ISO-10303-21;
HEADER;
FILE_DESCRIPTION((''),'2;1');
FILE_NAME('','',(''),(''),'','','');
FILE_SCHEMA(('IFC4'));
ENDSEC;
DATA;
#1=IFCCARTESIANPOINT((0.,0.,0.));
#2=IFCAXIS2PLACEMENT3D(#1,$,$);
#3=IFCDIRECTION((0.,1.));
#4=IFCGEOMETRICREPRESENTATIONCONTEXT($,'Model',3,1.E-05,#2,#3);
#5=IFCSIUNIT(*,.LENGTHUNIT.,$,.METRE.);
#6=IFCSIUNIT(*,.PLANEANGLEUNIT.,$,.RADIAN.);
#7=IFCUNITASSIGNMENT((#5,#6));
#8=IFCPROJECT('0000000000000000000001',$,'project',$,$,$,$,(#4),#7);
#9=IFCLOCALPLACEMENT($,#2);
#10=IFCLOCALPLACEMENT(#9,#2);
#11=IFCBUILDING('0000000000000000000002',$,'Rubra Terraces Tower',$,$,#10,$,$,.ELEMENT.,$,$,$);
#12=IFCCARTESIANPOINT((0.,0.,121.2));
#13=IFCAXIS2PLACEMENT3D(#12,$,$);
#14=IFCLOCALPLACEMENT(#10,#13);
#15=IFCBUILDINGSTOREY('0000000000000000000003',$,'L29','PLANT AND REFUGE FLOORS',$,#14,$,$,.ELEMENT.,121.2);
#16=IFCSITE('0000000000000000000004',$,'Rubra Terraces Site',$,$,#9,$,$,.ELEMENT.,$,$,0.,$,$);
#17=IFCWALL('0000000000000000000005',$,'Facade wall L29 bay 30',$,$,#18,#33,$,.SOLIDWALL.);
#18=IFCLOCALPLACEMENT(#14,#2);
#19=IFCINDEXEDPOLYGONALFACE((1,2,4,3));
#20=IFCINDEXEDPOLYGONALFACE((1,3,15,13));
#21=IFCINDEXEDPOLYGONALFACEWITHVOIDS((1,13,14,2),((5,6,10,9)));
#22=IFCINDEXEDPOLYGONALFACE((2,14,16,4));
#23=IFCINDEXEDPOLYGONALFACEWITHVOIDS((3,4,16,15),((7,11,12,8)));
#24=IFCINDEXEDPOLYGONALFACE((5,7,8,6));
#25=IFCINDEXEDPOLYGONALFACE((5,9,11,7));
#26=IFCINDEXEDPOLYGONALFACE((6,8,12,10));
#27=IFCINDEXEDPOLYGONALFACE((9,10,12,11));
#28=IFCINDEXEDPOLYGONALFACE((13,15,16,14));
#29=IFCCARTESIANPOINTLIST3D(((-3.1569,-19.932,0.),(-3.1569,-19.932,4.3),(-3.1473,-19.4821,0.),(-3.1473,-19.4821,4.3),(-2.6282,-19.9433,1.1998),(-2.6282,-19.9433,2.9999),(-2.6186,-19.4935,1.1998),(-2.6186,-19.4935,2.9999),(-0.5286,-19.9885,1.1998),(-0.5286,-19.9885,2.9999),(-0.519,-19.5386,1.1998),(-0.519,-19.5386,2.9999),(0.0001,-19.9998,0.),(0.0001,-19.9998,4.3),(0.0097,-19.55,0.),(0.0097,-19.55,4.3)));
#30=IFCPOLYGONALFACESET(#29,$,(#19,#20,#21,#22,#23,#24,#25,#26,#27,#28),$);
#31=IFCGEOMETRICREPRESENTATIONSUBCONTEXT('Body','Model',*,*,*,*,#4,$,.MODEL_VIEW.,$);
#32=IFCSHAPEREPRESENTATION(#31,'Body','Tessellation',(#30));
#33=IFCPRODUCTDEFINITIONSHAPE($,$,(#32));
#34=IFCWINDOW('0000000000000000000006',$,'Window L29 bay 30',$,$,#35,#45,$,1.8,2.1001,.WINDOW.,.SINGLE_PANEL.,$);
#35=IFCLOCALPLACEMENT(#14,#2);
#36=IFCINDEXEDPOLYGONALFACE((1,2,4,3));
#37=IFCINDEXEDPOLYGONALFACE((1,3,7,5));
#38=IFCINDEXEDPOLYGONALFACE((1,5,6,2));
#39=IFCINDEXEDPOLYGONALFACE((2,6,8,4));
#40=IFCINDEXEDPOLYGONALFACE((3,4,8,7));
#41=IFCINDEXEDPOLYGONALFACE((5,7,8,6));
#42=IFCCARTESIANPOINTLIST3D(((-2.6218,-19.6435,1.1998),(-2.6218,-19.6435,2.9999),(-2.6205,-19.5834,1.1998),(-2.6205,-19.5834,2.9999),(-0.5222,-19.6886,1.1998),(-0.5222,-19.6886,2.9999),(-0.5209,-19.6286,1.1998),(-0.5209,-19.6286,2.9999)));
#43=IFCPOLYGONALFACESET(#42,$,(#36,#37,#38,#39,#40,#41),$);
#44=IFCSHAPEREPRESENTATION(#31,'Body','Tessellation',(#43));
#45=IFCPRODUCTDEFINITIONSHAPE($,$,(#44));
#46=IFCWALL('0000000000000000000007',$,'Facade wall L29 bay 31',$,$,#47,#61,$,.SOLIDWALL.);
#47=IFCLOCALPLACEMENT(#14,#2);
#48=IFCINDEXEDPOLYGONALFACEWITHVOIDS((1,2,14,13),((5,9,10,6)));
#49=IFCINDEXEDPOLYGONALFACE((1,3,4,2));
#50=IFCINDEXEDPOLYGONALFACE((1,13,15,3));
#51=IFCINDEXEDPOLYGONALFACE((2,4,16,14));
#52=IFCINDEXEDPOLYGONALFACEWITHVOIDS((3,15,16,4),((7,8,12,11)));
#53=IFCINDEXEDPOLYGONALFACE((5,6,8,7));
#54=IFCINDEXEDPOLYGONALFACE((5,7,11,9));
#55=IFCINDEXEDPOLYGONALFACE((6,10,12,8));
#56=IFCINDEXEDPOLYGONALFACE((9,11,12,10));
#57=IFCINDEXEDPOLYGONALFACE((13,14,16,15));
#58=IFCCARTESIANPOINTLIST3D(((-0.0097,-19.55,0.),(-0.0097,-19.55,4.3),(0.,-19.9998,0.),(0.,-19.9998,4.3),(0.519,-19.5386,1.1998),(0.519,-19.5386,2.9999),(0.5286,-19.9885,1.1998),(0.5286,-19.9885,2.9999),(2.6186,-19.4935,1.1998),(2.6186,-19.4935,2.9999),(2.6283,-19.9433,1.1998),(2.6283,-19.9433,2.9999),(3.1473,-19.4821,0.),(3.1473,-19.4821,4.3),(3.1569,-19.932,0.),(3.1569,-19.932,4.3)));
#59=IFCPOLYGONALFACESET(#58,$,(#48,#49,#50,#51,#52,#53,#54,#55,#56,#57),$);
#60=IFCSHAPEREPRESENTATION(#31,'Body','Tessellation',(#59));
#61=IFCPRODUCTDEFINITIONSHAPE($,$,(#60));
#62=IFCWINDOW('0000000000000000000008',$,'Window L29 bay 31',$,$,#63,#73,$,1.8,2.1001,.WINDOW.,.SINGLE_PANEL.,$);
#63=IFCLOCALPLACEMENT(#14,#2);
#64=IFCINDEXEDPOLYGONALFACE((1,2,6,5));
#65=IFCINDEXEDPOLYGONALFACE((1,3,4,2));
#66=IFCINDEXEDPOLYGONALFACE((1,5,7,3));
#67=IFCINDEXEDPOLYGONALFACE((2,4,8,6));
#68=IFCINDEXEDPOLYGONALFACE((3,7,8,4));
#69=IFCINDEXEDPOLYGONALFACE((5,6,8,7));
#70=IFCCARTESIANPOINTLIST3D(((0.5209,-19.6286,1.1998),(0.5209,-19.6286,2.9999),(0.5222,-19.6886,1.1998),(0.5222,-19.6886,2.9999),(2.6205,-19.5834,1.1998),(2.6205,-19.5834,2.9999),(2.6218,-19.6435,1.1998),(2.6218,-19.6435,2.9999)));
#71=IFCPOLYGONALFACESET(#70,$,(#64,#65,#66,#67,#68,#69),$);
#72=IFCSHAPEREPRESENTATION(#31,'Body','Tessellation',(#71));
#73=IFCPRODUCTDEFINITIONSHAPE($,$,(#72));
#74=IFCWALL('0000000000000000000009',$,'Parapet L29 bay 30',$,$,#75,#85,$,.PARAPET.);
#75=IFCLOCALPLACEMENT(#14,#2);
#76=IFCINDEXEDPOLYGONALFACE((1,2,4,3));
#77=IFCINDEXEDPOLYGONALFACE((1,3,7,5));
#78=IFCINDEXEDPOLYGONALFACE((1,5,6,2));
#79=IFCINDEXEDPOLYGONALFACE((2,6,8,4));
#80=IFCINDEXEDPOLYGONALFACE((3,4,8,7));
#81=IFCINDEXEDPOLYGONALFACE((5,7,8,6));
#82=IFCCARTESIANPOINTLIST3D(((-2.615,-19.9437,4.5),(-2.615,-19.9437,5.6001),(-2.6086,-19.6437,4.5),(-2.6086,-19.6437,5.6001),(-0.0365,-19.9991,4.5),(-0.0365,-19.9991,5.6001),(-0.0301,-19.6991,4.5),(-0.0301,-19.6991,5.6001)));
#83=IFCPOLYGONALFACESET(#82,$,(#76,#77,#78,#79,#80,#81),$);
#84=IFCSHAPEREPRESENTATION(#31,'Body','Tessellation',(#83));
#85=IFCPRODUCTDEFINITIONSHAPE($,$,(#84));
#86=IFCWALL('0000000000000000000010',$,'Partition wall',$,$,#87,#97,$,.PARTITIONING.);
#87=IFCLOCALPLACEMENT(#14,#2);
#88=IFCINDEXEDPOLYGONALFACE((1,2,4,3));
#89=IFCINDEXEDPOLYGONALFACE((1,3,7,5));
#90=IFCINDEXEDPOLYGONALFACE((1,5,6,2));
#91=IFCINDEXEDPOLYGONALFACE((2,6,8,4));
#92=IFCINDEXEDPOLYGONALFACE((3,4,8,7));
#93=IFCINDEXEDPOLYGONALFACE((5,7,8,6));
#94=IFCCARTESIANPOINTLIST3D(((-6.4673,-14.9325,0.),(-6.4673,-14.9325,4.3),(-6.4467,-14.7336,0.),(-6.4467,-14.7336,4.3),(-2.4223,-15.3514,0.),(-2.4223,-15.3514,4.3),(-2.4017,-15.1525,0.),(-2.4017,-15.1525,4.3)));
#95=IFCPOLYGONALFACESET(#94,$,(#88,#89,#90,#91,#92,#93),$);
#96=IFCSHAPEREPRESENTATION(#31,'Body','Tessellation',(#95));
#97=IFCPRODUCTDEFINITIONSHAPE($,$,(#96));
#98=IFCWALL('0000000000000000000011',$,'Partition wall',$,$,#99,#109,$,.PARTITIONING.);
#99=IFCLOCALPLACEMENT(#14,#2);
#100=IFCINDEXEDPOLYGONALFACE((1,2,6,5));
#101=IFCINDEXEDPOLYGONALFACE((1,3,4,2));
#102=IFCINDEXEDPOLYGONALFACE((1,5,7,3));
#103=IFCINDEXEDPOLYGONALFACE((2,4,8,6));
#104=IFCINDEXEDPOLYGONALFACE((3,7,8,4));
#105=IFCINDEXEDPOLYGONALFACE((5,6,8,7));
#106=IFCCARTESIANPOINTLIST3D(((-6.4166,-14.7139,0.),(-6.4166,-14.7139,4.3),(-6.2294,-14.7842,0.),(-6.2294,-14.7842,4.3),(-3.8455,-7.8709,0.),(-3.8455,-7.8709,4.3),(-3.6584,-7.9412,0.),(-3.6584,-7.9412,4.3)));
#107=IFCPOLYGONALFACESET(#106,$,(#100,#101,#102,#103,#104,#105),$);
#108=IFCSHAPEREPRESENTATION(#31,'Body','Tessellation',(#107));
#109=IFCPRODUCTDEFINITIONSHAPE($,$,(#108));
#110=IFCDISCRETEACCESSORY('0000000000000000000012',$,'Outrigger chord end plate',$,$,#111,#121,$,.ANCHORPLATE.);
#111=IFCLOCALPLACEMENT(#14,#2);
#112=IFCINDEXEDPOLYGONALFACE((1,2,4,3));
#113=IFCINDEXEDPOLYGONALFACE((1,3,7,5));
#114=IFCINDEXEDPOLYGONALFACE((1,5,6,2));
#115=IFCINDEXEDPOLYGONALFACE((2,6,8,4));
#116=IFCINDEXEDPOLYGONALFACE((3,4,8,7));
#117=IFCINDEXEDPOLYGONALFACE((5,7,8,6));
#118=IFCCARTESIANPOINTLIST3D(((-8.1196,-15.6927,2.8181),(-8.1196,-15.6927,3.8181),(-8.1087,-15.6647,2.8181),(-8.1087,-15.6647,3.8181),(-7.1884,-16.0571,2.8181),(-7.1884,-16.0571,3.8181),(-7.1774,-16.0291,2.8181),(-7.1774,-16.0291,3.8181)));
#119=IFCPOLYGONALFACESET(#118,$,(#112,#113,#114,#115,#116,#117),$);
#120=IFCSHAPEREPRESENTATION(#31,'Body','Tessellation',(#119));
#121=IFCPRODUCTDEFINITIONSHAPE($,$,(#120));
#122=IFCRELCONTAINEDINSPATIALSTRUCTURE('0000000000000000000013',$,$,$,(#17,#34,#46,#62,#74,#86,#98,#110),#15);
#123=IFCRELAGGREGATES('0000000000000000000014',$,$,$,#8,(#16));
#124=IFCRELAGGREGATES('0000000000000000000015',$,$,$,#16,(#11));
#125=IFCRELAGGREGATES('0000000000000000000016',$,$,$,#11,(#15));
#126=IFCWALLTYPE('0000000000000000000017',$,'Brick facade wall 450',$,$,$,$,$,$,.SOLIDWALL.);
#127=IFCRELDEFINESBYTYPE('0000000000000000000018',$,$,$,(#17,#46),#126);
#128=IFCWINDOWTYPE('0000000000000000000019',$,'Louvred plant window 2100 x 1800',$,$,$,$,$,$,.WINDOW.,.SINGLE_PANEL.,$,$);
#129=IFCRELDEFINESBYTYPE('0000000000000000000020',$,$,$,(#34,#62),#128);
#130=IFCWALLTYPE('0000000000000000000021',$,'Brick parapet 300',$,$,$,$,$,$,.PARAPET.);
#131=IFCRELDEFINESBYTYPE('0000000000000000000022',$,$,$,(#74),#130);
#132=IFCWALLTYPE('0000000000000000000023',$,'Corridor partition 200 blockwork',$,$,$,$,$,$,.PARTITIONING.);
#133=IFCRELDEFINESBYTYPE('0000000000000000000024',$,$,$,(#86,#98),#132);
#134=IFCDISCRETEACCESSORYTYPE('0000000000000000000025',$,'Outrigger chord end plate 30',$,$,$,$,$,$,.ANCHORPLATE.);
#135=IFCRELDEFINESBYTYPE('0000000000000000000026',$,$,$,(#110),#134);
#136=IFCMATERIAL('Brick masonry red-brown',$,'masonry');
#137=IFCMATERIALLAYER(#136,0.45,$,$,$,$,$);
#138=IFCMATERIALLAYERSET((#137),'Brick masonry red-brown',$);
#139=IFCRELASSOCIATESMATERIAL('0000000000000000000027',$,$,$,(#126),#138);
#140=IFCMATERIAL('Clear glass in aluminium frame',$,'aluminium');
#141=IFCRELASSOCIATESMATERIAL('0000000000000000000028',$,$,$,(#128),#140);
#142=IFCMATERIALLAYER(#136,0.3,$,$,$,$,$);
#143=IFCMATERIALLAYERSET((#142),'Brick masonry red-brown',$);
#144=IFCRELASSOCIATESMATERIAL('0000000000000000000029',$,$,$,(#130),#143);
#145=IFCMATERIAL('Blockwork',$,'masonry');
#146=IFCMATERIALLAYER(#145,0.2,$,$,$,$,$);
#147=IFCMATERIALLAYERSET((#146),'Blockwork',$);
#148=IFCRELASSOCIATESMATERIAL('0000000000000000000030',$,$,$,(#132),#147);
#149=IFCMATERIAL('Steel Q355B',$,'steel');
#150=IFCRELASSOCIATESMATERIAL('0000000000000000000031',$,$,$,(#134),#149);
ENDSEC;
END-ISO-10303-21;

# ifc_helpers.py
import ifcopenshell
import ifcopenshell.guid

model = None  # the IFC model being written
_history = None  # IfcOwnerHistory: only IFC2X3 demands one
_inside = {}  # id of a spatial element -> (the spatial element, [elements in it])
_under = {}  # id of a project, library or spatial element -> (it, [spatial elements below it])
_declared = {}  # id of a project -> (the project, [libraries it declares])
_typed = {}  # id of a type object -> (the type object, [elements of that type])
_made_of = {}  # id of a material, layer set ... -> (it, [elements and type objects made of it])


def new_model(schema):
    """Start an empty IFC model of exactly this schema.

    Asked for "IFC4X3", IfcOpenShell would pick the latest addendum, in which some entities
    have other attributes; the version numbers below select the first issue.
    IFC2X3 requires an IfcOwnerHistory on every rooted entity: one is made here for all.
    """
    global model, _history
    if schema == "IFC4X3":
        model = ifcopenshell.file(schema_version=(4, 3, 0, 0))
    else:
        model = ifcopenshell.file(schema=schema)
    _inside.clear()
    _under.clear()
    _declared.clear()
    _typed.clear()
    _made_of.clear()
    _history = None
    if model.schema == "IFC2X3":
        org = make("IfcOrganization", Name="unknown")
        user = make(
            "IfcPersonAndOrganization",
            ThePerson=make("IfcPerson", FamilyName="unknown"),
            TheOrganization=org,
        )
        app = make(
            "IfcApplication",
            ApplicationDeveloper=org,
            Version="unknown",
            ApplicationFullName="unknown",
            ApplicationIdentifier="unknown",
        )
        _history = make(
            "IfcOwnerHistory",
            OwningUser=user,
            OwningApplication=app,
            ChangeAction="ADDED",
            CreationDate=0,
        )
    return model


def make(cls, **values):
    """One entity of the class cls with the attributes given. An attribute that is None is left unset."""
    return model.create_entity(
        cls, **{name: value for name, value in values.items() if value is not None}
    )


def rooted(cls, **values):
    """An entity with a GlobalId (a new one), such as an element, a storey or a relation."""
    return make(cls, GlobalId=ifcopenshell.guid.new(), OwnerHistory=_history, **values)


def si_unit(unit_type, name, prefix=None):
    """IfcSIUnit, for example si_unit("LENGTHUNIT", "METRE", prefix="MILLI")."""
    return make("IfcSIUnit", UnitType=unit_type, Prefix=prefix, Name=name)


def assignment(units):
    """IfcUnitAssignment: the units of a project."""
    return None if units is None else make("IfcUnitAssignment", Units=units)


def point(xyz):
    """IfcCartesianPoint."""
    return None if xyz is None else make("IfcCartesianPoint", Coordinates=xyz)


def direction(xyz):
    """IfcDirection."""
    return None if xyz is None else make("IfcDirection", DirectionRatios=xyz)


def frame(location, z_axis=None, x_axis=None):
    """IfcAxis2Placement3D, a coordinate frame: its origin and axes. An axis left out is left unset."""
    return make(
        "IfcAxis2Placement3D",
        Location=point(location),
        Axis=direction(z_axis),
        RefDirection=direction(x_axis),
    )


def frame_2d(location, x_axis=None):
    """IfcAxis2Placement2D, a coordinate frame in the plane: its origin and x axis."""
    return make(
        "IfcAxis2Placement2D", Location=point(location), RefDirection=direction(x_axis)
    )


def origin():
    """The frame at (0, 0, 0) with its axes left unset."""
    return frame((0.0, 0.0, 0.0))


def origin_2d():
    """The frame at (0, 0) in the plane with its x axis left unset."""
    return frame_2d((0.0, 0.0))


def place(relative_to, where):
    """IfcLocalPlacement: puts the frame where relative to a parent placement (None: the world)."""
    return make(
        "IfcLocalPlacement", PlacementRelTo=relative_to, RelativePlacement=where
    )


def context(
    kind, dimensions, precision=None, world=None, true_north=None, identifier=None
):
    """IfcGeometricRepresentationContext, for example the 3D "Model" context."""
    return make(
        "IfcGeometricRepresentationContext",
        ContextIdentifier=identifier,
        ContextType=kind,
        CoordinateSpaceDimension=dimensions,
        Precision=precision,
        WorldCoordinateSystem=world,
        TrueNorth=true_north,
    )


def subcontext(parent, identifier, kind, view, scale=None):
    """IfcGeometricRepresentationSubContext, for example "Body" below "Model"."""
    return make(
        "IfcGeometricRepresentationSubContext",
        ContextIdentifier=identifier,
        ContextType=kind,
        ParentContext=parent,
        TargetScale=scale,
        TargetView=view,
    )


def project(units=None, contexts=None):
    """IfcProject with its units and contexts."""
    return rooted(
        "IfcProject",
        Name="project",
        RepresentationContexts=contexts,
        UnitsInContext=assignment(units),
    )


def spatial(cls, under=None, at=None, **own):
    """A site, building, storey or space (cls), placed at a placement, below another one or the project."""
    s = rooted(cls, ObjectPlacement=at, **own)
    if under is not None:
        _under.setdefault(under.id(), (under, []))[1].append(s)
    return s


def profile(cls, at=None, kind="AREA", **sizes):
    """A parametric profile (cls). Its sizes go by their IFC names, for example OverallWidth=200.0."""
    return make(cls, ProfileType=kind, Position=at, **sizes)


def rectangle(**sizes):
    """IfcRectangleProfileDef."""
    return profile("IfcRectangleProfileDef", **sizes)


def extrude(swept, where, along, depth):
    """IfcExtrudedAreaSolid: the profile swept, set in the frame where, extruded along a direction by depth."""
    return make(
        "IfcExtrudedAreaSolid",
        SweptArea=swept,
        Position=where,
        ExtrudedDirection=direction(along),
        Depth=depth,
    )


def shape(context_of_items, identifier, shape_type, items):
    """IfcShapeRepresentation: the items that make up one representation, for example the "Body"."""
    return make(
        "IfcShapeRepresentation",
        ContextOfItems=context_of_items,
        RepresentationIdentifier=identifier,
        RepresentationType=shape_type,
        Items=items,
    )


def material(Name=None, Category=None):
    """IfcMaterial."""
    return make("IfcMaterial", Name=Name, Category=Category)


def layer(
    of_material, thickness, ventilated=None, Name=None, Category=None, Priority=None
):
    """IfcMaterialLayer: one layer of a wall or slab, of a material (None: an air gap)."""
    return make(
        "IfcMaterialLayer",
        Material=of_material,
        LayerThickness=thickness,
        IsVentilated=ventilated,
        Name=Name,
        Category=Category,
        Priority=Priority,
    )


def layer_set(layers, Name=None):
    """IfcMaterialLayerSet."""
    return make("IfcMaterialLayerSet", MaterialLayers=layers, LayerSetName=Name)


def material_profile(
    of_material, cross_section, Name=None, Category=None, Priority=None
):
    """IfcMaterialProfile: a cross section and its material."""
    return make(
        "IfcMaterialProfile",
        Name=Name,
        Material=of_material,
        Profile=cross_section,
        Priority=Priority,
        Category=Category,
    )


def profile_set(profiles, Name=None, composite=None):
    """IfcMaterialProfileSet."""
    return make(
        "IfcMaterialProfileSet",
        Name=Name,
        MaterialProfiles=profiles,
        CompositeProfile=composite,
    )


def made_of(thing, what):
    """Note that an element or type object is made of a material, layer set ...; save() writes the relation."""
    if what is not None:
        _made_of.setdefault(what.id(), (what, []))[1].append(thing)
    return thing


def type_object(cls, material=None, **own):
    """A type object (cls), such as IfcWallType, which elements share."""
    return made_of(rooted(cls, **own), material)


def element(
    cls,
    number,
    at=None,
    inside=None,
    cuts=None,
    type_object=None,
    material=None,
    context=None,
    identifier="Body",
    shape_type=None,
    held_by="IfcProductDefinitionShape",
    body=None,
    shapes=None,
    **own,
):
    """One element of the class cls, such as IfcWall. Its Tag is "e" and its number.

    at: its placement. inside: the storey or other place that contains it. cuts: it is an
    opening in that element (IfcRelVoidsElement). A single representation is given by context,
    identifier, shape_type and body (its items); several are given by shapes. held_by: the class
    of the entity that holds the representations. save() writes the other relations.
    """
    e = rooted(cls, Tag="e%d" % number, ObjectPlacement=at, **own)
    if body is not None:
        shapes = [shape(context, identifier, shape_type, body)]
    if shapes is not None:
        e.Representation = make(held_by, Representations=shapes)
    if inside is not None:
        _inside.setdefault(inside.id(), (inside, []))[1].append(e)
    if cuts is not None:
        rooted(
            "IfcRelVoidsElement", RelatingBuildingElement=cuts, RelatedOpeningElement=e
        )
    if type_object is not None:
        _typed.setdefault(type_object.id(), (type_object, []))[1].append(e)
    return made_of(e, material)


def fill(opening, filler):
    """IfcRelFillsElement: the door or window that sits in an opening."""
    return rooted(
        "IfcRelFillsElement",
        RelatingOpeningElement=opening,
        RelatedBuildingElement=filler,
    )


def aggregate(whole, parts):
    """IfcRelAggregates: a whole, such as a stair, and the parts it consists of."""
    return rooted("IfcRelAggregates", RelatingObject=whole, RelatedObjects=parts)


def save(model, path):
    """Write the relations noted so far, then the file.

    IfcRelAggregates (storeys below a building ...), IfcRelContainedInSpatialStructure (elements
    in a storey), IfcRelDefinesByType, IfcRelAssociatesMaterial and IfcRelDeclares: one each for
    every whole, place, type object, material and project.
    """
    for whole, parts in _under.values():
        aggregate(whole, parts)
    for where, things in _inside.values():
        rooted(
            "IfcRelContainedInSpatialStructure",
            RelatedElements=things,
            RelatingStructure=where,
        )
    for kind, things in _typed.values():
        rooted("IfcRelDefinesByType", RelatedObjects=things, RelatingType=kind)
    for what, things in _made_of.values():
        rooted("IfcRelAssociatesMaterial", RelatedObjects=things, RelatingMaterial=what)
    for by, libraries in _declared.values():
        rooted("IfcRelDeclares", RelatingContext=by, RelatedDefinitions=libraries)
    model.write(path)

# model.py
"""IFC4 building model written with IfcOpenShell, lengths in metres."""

from ifc_helpers import new_model, si_unit, direction, frame, frame_2d, origin, origin_2d, place, context, subcontext, project, spatial, rectangle, extrude, material, layer, layer_set, material_profile, profile_set, type_object, element, fill, save


model = new_model("IFC4")

# Units and contexts
model_context = context("Model", 3, precision=1e-05, world=origin(), true_north=direction((0.0, 1.0)))
body_context = subcontext(model_context, "Body", "Model", "MODEL_VIEW")
ifc_project = project(units=[si_unit("LENGTHUNIT", "METRE"), si_unit("PLANEANGLEUNIT", "RADIAN")], contexts=[model_context])

# Site, building, storey
site_placement = place(None, origin())
site = spatial("IfcSite", under=ifc_project, at=site_placement, Name="Rubra Terraces Site", CompositionType="ELEMENT", RefElevation=0.0)
building_placement = place(site_placement, origin())
building = spatial("IfcBuilding", under=site, at=building_placement, Name="Rubra Terraces Tower", CompositionType="ELEMENT")
storey_placement = place(building_placement, frame((0.0, 0.0, 121.2)))
storey = spatial("IfcBuildingStorey", under=building, at=storey_placement, Name="L29", Description="PLANT AND REFUGE FLOORS", CompositionType="ELEMENT", Elevation=121.2)

# Shared definitions
ifc_material_1 = material(Name="Steel Q355B", Category="steel")

# Shared definitions
ifc_material_2 = material(Name="Brick masonry red-brown", Category="masonry")
ifc_layer_1 = layer(ifc_material_2, 0.45)
ifc_layer_set_1 = layer_set([ifc_layer_1], Name="Brick masonry red-brown")
wall_type_1 = type_object("IfcWallType", Name="Brick facade wall 450", PredefinedType="SOLIDWALL", material=ifc_layer_set_1)
ifc_material_3 = material(Name="Clear glass in aluminium frame", Category="aluminium")
window_type = type_object("IfcWindowType", Name="Louvred plant window 2100 x 1800", PartitioningType="SINGLE_PANEL", PredefinedType="WINDOW", material=ifc_material_3)

# Walls, openings, windows
wall_1_placement = place(storey_placement, frame((-3.1521, -19.707, 0.0), z_axis=(0.0, 0.0, 1.0), x_axis=(0.999769, -0.021494, 0.0)))
wall_1 = element("IfcWall", 1, at=wall_1_placement, inside=storey, type_object=wall_type_1, Name="Facade wall L29 bay 30", PredefinedType="SOLIDWALL", context=body_context, shape_type="SweptSolid", body=[
    extrude(rectangle(XDim=3.1577, YDim=0.45, at=frame_2d((1.5789, 0.0))), origin(), (0.0, 0.0, 1.0), 4.3),
])
opening_1_placement = place(wall_1_placement, frame((0.5288, 0.0, 1.2)))
opening_1 = element("IfcOpeningElement", 2, at=opening_1_placement, cuts=wall_1, PredefinedType="OPENING", context=body_context, shape_type="SweptSolid", body=[
    extrude(rectangle(XDim=2.1001, YDim=1.8, at=frame_2d((1.05, 0.8999))), frame((0.0, 0.2349, 0.0), z_axis=(0.0, -1.0, 0.0), x_axis=(1.0, 0.0, 0.0)), (0.0, 0.0, 1.0), 0.47),
])
window_1_placement = place(opening_1_placement, origin())
window_1 = element("IfcWindow", 3, at=window_1_placement, inside=storey, type_object=window_type, Name="Window L29 bay 30", OverallHeight=1.8, OverallWidth=2.1001, PartitioningType="SINGLE_PANEL", PredefinedType="WINDOW", context=body_context, shape_type="SweptSolid", body=[
    extrude(rectangle(XDim=2.1001, YDim=1.8, at=frame_2d((1.05, 0.8999))), frame((0.0, 0.135, 0.0), z_axis=(0.0, -1.0, 0.0), x_axis=(1.0, 0.0, 0.0)), (0.0, 0.0, 1.0), 0.0601),
])
fill(opening_1, window_1)
wall_2_placement = place(storey_placement, frame((-0.0049, -19.7749, 0.0), z_axis=(0.0, 0.0, 1.0), x_axis=(0.999769, 0.021494, 0.0)))
wall_2 = element("IfcWall", 4, at=wall_2_placement, inside=storey, type_object=wall_type_1, Name="Facade wall L29 bay 31", PredefinedType="SOLIDWALL", context=body_context, shape_type="SweptSolid", body=[
    extrude(rectangle(XDim=3.1577, YDim=0.45, at=frame_2d((1.5789, 0.0))), origin(), (0.0, 0.0, 1.0), 4.3),
])
opening_2_placement = place(wall_2_placement, frame((0.5288, 0.0, 1.2)))
opening_2 = element("IfcOpeningElement", 5, at=opening_2_placement, cuts=wall_2, PredefinedType="OPENING", context=body_context, shape_type="SweptSolid", body=[
    extrude(rectangle(XDim=2.1001, YDim=1.8, at=frame_2d((1.05, 0.8999))), frame((0.0, 0.2349, 0.0), z_axis=(0.0, -1.0, 0.0), x_axis=(1.0, 0.0, 0.0)), (0.0, 0.0, 1.0), 0.47),
])
window_2_placement = place(opening_2_placement, origin())
window_2 = element("IfcWindow", 6, at=window_2_placement, inside=storey, type_object=window_type, Name="Window L29 bay 31", OverallHeight=1.8, OverallWidth=2.1001, PartitioningType="SINGLE_PANEL", PredefinedType="WINDOW", context=body_context, shape_type="SweptSolid", body=[
    extrude(rectangle(XDim=2.1001, YDim=1.8, at=frame_2d((1.05, 0.8999))), frame((0.0, 0.135, 0.0), z_axis=(0.0, -1.0, 0.0), x_axis=(1.0, 0.0, 0.0)), (0.0, 0.0, 1.0), 0.0601),
])
fill(opening_2, window_2)

# Walls
ifc_layer_2 = layer(ifc_material_2, 0.3)
ifc_layer_set_2 = layer_set([ifc_layer_2], Name="Brick masonry red-brown")
wall_type_2 = type_object("IfcWallType", Name="Brick parapet 300", PredefinedType="PARAPET", material=ifc_layer_set_2)
wall_3_placement = place(storey_placement, frame((-2.6118, -19.7937, 4.5), z_axis=(0.0, 0.0, 1.0), x_axis=(0.999769, -0.021487, 0.0)))
element("IfcWall", 7, at=wall_3_placement, inside=storey, type_object=wall_type_2, Name="Parapet L29 bay 30", PredefinedType="PARAPET", context=body_context, shape_type="SweptSolid", body=[
    extrude(rectangle(XDim=2.5791, YDim=0.3, at=frame_2d((1.2896, 0.0))), origin(), (0.0, 0.0, 1.0), 1.1001),
])
ifc_material_4 = material(Name="Blockwork", Category="masonry")
ifc_layer_3 = layer(ifc_material_4, 0.2)
ifc_layer_set_3 = layer_set([ifc_layer_3], Name="Blockwork")
wall_type_3 = type_object("IfcWallType", Name="Corridor partition 200 blockwork", PredefinedType="PARTITIONING", material=ifc_layer_set_3)
wall_4_placement = place(storey_placement, frame((-2.4121, -15.252, 0.0), z_axis=(0.0, 0.0, 1.0), x_axis=(-0.994679, 0.103022, 0.0)))
element("IfcWall", 8, at=wall_4_placement, inside=storey, type_object=wall_type_3, Name="Partition wall", PredefinedType="PARTITIONING", context=body_context, shape_type="SweptSolid", body=[
    extrude(rectangle(XDim=4.0667, YDim=0.2, at=frame_2d((2.0332, 0.0))), origin(), (0.0, 0.0, 1.0), 4.3),
])
wall_5_placement = place(storey_placement, frame((-6.323, -14.749, 0.0), z_axis=(0.0, 0.0, 1.0), x_axis=(0.351713, 0.936108, 0.0)))
element("IfcWall", 9, at=wall_5_placement, inside=storey, type_object=wall_type_3, Name="Partition wall", PredefinedType="PARTITIONING", context=body_context, shape_type="SweptSolid", body=[
    extrude(rectangle(XDim=7.3101, YDim=0.2, at=frame_2d((3.655, 0.0))), origin(), (0.0, 0.0, 1.0), 4.3),
])

# Discrete accessory
ifc_material_profile_1 = material_profile(ifc_material_1, rectangle(XDim=1.0, YDim=1.0, at=origin_2d()), Name="PL 1000x1000x30")
ifc_profile_set_1 = profile_set([ifc_material_profile_1], Name="Steel Q355B")
discrete_accessory_type = type_object("IfcDiscreteAccessoryType", Name="Outrigger chord end plate 30", PredefinedType="ANCHORPLATE", material=ifc_profile_set_1)
discrete_accessory_placement = place(storey_placement, frame((-7.6431, -15.8469, 3.3181), z_axis=(-0.364399, -0.931243, 0.0), x_axis=(0.931243, -0.364399, 0.0)))
element("IfcDiscreteAccessory", 10, at=discrete_accessory_placement, inside=storey, type_object=discrete_accessory_type, Name="Outrigger chord end plate", PredefinedType="ANCHORPLATE", context=body_context, shape_type="SweptSolid", body=[
    extrude(rectangle(XDim=1.0, YDim=1.0, at=origin_2d()), origin(), (0.0, 0.0, 1.0), 0.03),
])

save(model, "model.ifc")
